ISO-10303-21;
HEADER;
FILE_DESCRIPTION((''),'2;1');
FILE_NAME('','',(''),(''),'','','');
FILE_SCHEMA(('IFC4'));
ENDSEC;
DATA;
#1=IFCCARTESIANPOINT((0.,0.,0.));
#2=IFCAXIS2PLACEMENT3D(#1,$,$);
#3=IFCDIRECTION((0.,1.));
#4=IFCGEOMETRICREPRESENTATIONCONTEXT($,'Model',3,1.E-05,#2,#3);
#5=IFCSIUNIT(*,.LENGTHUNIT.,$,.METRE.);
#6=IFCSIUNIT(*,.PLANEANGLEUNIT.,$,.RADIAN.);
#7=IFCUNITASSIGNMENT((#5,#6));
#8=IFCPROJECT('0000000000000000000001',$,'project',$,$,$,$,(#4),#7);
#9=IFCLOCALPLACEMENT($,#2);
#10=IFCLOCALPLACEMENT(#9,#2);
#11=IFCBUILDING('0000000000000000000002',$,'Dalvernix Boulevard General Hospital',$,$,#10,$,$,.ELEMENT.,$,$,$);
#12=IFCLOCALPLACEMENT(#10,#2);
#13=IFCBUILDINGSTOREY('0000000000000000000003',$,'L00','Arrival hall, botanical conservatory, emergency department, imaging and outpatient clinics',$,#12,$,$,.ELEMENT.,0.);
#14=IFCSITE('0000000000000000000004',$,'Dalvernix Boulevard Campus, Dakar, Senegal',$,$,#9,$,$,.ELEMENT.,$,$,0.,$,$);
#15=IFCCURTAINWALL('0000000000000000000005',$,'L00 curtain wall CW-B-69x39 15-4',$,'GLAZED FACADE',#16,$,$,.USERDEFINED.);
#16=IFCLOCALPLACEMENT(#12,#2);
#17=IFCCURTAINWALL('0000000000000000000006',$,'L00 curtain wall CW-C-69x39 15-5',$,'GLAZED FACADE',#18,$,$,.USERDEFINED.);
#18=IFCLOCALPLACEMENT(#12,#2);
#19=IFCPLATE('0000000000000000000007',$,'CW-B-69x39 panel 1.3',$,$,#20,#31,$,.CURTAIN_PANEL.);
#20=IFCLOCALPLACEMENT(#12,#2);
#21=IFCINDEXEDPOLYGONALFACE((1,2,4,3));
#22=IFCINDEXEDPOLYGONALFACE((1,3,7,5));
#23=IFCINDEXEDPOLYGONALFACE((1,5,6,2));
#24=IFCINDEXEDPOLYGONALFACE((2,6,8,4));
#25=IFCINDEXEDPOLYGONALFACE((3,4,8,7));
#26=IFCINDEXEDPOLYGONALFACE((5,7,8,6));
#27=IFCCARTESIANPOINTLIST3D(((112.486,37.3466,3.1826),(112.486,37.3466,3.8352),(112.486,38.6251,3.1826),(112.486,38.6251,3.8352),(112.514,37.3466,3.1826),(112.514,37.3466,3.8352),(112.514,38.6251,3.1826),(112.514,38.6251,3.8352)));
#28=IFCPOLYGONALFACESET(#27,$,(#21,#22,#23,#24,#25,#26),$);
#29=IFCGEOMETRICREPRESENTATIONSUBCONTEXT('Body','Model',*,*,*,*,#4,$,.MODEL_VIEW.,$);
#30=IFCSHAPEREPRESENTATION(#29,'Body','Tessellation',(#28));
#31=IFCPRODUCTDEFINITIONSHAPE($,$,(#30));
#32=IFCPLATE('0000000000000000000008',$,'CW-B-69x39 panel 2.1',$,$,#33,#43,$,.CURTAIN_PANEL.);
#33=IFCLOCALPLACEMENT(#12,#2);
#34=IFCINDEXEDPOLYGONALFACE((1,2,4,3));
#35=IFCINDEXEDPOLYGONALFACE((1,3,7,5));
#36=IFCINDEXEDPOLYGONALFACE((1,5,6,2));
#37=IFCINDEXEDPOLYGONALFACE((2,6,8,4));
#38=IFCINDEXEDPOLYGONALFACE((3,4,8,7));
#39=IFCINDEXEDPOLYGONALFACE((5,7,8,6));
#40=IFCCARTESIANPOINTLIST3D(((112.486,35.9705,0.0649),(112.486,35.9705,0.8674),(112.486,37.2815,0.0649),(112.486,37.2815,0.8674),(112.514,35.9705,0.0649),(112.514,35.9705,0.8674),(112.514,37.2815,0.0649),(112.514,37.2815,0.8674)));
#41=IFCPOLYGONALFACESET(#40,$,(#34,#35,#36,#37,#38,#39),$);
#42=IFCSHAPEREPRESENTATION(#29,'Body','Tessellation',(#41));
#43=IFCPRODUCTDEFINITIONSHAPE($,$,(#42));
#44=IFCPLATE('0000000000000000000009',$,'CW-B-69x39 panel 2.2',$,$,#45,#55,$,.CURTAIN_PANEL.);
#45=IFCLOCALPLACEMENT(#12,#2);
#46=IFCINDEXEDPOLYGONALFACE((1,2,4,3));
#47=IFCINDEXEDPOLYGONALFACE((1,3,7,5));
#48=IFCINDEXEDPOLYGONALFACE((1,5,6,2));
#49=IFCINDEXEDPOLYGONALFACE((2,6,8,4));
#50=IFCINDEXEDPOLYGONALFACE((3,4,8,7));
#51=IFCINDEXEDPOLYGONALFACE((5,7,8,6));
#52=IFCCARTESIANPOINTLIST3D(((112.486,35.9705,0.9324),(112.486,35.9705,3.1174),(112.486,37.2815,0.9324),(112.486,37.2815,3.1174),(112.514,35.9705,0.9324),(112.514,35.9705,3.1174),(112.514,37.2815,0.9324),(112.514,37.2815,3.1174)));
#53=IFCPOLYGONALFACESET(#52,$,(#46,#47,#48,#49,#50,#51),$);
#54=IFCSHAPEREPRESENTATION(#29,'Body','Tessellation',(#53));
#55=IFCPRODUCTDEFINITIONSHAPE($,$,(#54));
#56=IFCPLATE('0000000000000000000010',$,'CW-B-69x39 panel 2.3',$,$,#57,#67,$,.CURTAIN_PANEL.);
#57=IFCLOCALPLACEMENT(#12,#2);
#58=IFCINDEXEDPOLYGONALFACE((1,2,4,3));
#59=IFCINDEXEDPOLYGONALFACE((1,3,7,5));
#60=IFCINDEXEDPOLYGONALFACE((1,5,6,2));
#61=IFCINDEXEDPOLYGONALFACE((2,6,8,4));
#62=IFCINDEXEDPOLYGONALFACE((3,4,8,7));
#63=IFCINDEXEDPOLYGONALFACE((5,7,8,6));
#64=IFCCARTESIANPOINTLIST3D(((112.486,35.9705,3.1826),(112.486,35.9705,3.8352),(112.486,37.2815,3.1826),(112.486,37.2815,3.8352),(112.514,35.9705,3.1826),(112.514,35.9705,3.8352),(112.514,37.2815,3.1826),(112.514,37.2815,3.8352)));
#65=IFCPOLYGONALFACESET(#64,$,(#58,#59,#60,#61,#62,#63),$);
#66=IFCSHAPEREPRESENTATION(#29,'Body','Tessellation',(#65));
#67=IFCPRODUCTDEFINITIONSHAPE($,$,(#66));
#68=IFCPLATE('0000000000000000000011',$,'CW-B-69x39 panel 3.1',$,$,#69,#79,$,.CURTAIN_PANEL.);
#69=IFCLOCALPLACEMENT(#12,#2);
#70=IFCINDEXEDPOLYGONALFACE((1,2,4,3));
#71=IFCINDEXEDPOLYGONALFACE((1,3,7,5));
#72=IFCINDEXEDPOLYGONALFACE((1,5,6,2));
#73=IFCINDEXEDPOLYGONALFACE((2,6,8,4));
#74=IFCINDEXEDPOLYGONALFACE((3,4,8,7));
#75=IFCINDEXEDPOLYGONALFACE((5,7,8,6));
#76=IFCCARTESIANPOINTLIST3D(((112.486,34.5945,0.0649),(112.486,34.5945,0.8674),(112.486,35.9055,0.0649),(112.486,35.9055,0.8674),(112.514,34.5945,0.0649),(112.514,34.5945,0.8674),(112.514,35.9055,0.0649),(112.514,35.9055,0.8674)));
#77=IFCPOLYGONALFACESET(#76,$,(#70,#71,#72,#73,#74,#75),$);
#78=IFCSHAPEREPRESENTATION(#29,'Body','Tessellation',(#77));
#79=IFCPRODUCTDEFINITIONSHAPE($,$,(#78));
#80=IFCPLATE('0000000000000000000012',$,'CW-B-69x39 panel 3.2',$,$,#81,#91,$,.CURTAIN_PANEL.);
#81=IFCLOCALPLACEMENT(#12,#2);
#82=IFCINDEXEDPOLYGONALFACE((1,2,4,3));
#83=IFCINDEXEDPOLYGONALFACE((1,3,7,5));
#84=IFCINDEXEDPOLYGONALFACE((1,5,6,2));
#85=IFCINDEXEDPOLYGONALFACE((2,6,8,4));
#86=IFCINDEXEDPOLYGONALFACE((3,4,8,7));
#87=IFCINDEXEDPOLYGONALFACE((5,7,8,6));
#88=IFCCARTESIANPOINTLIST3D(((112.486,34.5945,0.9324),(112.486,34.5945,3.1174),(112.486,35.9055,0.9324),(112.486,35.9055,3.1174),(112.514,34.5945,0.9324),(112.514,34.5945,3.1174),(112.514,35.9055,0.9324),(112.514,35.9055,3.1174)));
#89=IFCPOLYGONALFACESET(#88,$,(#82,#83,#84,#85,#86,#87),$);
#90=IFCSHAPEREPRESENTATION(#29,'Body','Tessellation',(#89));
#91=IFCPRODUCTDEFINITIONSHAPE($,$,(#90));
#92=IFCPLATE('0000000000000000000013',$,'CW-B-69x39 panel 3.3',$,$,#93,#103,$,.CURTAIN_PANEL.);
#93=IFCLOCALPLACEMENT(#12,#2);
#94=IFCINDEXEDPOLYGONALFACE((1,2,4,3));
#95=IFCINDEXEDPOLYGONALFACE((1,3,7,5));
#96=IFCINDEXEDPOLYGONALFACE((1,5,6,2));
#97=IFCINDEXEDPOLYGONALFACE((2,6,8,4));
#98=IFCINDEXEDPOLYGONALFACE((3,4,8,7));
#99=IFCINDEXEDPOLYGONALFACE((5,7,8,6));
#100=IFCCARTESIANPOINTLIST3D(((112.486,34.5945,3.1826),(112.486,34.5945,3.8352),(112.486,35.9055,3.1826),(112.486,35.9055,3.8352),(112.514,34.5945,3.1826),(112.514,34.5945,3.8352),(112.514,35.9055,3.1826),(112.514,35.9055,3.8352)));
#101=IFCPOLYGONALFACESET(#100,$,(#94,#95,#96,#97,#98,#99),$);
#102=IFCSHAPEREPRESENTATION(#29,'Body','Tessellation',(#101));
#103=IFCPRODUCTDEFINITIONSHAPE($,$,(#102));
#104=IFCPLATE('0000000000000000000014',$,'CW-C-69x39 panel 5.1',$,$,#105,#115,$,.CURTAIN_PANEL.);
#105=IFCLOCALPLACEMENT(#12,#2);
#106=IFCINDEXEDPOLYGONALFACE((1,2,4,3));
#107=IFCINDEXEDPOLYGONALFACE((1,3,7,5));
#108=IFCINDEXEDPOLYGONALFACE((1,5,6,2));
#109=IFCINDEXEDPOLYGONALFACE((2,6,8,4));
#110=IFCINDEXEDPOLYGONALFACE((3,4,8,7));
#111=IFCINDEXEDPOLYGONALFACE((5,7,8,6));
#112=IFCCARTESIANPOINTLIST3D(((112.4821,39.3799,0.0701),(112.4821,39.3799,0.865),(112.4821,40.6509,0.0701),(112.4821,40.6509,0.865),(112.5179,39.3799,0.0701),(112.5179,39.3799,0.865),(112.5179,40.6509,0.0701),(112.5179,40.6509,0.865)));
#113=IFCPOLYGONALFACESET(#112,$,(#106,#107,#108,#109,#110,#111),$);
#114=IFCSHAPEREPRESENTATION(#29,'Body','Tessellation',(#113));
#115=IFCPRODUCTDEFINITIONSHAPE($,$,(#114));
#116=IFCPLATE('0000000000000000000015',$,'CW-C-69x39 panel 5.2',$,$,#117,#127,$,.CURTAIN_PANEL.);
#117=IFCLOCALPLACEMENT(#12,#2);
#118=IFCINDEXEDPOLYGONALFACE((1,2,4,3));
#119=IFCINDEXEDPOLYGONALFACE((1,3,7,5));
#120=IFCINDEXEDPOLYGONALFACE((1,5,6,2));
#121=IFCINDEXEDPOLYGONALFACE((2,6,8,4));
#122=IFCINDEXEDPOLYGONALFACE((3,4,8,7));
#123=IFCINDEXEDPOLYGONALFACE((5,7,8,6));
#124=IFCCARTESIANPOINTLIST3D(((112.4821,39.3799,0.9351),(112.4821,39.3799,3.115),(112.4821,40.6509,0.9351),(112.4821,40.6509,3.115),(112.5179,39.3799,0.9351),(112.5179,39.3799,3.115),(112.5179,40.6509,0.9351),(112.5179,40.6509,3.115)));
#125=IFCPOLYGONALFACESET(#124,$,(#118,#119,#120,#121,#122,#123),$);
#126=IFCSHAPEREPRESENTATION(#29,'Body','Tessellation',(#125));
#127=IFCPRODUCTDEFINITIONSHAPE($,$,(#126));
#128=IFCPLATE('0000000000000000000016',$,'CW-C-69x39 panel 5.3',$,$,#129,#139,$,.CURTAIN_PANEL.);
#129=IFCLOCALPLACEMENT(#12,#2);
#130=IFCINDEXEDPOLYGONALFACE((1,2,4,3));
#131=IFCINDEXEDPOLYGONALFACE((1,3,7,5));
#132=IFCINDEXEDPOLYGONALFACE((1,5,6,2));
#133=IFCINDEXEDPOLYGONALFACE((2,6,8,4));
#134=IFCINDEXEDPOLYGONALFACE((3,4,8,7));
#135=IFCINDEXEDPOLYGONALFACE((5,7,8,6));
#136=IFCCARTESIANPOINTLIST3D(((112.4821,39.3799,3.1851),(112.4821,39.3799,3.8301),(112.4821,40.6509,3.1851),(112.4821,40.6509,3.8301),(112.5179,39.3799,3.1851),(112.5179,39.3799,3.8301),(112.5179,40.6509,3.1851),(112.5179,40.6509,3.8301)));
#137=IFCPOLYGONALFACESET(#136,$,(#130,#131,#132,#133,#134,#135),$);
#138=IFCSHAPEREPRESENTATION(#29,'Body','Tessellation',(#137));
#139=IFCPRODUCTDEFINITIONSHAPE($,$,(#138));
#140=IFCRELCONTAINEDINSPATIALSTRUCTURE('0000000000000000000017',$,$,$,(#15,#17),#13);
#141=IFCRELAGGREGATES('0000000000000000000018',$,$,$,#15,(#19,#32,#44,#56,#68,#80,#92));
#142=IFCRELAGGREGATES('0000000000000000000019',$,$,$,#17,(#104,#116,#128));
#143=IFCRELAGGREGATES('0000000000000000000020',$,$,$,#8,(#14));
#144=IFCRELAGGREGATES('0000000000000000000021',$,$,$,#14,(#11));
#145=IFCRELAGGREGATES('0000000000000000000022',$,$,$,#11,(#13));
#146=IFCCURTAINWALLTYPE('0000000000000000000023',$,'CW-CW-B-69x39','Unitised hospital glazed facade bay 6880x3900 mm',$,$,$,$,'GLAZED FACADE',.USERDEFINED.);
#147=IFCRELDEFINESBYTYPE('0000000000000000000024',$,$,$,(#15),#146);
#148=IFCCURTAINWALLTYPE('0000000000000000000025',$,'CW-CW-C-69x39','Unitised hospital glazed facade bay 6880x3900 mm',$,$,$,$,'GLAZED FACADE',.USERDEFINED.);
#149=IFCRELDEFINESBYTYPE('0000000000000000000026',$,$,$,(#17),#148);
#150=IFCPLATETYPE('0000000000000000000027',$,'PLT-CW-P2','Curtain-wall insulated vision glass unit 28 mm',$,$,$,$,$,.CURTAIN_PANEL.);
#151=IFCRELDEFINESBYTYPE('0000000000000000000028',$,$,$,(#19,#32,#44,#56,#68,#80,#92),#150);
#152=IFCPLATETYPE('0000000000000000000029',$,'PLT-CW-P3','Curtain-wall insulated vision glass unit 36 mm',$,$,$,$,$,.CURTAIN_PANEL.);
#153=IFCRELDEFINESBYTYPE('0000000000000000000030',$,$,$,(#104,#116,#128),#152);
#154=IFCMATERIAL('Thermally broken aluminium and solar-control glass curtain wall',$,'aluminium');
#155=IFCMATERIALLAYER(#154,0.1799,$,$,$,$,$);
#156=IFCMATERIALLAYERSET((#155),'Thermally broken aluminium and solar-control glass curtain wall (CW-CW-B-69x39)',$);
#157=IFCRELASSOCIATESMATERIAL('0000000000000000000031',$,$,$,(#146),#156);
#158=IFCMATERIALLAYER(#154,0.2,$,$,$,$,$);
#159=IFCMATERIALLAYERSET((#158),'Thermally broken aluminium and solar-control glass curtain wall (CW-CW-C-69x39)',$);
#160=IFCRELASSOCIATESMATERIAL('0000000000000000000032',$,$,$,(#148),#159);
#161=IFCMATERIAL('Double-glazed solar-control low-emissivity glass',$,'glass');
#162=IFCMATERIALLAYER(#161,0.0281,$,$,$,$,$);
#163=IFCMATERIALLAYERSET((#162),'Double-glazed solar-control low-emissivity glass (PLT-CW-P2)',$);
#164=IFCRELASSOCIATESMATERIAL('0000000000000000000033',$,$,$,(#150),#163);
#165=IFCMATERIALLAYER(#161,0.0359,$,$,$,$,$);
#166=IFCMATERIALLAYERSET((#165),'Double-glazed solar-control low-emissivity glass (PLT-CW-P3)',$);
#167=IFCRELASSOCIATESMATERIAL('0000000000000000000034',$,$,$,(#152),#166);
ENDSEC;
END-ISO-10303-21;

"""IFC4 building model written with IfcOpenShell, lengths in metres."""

from ifc_helpers import new_model, si_unit, direction, frame, origin, origin_2d, place, context, subcontext, project, spatial, rectangle, extrude, material, layer, layer_set, type_object, element, aggregate, save


model = new_model("IFC4")

# Units and contexts
model_context = context("Model", 3, precision=1e-05, world=origin(), true_north=direction((0.0, 1.0)))
body_context = subcontext(model_context, "Body", "Model", "MODEL_VIEW")
ifc_project = project(units=[si_unit("LENGTHUNIT", "METRE"), si_unit("PLANEANGLEUNIT", "RADIAN")], contexts=[model_context])

# Site, building, storey
site_placement = place(None, origin())
site = spatial("IfcSite", under=ifc_project, at=site_placement, Name="Dalvernix Boulevard Campus, Dakar, Senegal", CompositionType="ELEMENT", RefElevation=0.0)
building_placement = place(site_placement, origin())
building = spatial("IfcBuilding", under=site, at=building_placement, Name="Dalvernix Boulevard General Hospital", CompositionType="ELEMENT")
storey_placement = place(building_placement, origin())
storey = spatial("IfcBuildingStorey", under=building, at=storey_placement, Name="L00", Description="Arrival hall, botanical conservatory, emergency department, imaging and outpatient clinics", CompositionType="ELEMENT", Elevation=0.0)

# Curtain walls
ifc_material_1 = material(Name="Thermally broken aluminium and solar-control glass curtain wall", Category="aluminium")
ifc_layer_1 = layer(ifc_material_1, 0.1799)
ifc_layer_set_1 = layer_set([ifc_layer_1], Name="Thermally broken aluminium and solar-control glass curtain wall (CW-CW-B-69x39)")
curtain_wall_type_1 = type_object("IfcCurtainWallType", Name="CW-CW-B-69x39", Description="Unitised hospital glazed facade bay 6880x3900 mm", ElementType="GLAZED FACADE", PredefinedType="USERDEFINED", material=ifc_layer_set_1)
curtain_wall_1_placement = place(storey_placement, origin())
curtain_wall_1 = element("IfcCurtainWall", 1, at=curtain_wall_1_placement, inside=storey, type_object=curtain_wall_type_1, Name="L00 curtain wall CW-B-69x39 15-4", ObjectType="GLAZED FACADE", PredefinedType="USERDEFINED")
ifc_layer_2 = layer(ifc_material_1, 0.2)
ifc_layer_set_2 = layer_set([ifc_layer_2], Name="Thermally broken aluminium and solar-control glass curtain wall (CW-CW-C-69x39)")
curtain_wall_type_2 = type_object("IfcCurtainWallType", Name="CW-CW-C-69x39", Description="Unitised hospital glazed facade bay 6880x3900 mm", ElementType="GLAZED FACADE", PredefinedType="USERDEFINED", material=ifc_layer_set_2)
curtain_wall_2_placement = place(storey_placement, origin())
curtain_wall_2 = element("IfcCurtainWall", 2, at=curtain_wall_2_placement, inside=storey, type_object=curtain_wall_type_2, Name="L00 curtain wall CW-C-69x39 15-5", ObjectType="GLAZED FACADE", PredefinedType="USERDEFINED")

# Plates
ifc_material_2 = material(Name="Double-glazed solar-control low-emissivity glass", Category="glass")
ifc_layer_3 = layer(ifc_material_2, 0.0281)
ifc_layer_set_3 = layer_set([ifc_layer_3], Name="Double-glazed solar-control low-emissivity glass (PLT-CW-P2)")
plate_type_1 = type_object("IfcPlateType", Name="PLT-CW-P2", Description="Curtain-wall insulated vision glass unit 28 mm", PredefinedType="CURTAIN_PANEL", material=ifc_layer_set_3)
plate_1_placement = place(storey_placement, frame((112.5, 37.9858, 3.1826), z_axis=(0.0, 0.0, 1.0), x_axis=(0.0, -1.0, 0.0)))
plate_1 = element("IfcPlate", 3, at=plate_1_placement, type_object=plate_type_1, Name="CW-B-69x39 panel 1.3", PredefinedType="CURTAIN_PANEL", context=body_context, shape_type="SweptSolid", body=[
    extrude(rectangle(XDim=1.2786, YDim=0.0281, at=origin_2d()), origin(), (0.0, 0.0, 1.0), 0.6526),
])
plate_2_placement = place(storey_placement, frame((112.5, 36.626, 0.0649), z_axis=(0.0, 0.0, 1.0), x_axis=(0.0, -1.0, 0.0)))
plate_2 = element("IfcPlate", 4, at=plate_2_placement, type_object=plate_type_1, Name="CW-B-69x39 panel 2.1", PredefinedType="CURTAIN_PANEL", context=body_context, shape_type="SweptSolid", body=[
    extrude(rectangle(XDim=1.311, YDim=0.0281, at=origin_2d()), origin(), (0.0, 0.0, 1.0), 0.8025),
])
plate_3_placement = place(storey_placement, frame((112.5, 36.626, 0.9324), z_axis=(0.0, 0.0, 1.0), x_axis=(0.0, -1.0, 0.0)))
plate_3 = element("IfcPlate", 5, at=plate_3_placement, type_object=plate_type_1, Name="CW-B-69x39 panel 2.2", PredefinedType="CURTAIN_PANEL", context=body_context, shape_type="SweptSolid", body=[
    extrude(rectangle(XDim=1.311, YDim=0.0281, at=origin_2d()), origin(), (0.0, 0.0, 1.0), 2.1851),
])
plate_4_placement = place(storey_placement, frame((112.5, 36.626, 3.1826), z_axis=(0.0, 0.0, 1.0), x_axis=(0.0, -1.0, 0.0)))
plate_4 = element("IfcPlate", 6, at=plate_4_placement, type_object=plate_type_1, Name="CW-B-69x39 panel 2.3", PredefinedType="CURTAIN_PANEL", context=body_context, shape_type="SweptSolid", body=[
    extrude(rectangle(XDim=1.311, YDim=0.0281, at=origin_2d()), origin(), (0.0, 0.0, 1.0), 0.6526),
])
plate_5_placement = place(storey_placement, frame((112.5, 35.25, 0.0649), z_axis=(0.0, 0.0, 1.0), x_axis=(0.0, -1.0, 0.0)))
plate_5 = element("IfcPlate", 7, at=plate_5_placement, type_object=plate_type_1, Name="CW-B-69x39 panel 3.1", PredefinedType="CURTAIN_PANEL", context=body_context, shape_type="SweptSolid", body=[
    extrude(rectangle(XDim=1.311, YDim=0.0281, at=origin_2d()), origin(), (0.0, 0.0, 1.0), 0.8025),
])
plate_6_placement = place(storey_placement, frame((112.5, 35.25, 0.9324), z_axis=(0.0, 0.0, 1.0), x_axis=(0.0, -1.0, 0.0)))
plate_6 = element("IfcPlate", 8, at=plate_6_placement, type_object=plate_type_1, Name="CW-B-69x39 panel 3.2", PredefinedType="CURTAIN_PANEL", context=body_context, shape_type="SweptSolid", body=[
    extrude(rectangle(XDim=1.311, YDim=0.0281, at=origin_2d()), origin(), (0.0, 0.0, 1.0), 2.1851),
])
plate_7_placement = place(storey_placement, frame((112.5, 35.25, 3.1826), z_axis=(0.0, 0.0, 1.0), x_axis=(0.0, -1.0, 0.0)))
plate_7 = element("IfcPlate", 9, at=plate_7_placement, type_object=plate_type_1, Name="CW-B-69x39 panel 3.3", PredefinedType="CURTAIN_PANEL", context=body_context, shape_type="SweptSolid", body=[
    extrude(rectangle(XDim=1.311, YDim=0.0281, at=origin_2d()), origin(), (0.0, 0.0, 1.0), 0.6526),
])
aggregate(curtain_wall_1, [plate_1, plate_2, plate_3, plate_4, plate_5, plate_6, plate_7])
ifc_layer_4 = layer(ifc_material_2, 0.0359)
ifc_layer_set_4 = layer_set([ifc_layer_4], Name="Double-glazed solar-control low-emissivity glass (PLT-CW-P3)")
plate_type_2 = type_object("IfcPlateType", Name="PLT-CW-P3", Description="Curtain-wall insulated vision glass unit 36 mm", PredefinedType="CURTAIN_PANEL", material=ifc_layer_set_4)
plate_8_placement = place(storey_placement, frame((112.5, 40.0154, 0.0701), z_axis=(0.0, 0.0, 1.0), x_axis=(0.0, -1.0, 0.0)))
plate_8 = element("IfcPlate", 10, at=plate_8_placement, type_object=plate_type_2, Name="CW-C-69x39 panel 5.1", PredefinedType="CURTAIN_PANEL", context=body_context, shape_type="SweptSolid", body=[
    extrude(rectangle(XDim=1.271, YDim=0.0359, at=origin_2d()), origin(), (0.0, 0.0, 1.0), 0.7949),
])
plate_9_placement = place(storey_placement, frame((112.5, 40.0154, 0.9351), z_axis=(0.0, 0.0, 1.0), x_axis=(0.0, -1.0, 0.0)))
plate_9 = element("IfcPlate", 11, at=plate_9_placement, type_object=plate_type_2, Name="CW-C-69x39 panel 5.2", PredefinedType="CURTAIN_PANEL", context=body_context, shape_type="SweptSolid", body=[
    extrude(rectangle(XDim=1.271, YDim=0.0359, at=origin_2d()), origin(), (0.0, 0.0, 1.0), 2.1799),
])
plate_10_placement = place(storey_placement, frame((112.5, 40.0154, 3.1851), z_axis=(0.0, 0.0, 1.0), x_axis=(0.0, -1.0, 0.0)))
plate_10 = element("IfcPlate", 12, at=plate_10_placement, type_object=plate_type_2, Name="CW-C-69x39 panel 5.3", PredefinedType="CURTAIN_PANEL", context=body_context, shape_type="SweptSolid", body=[
    extrude(rectangle(XDim=1.271, YDim=0.0359, at=origin_2d()), origin(), (0.0, 0.0, 1.0), 0.645),
])
aggregate(curtain_wall_2, [plate_8, plate_9, plate_10])

save(model, "model.ifc")
